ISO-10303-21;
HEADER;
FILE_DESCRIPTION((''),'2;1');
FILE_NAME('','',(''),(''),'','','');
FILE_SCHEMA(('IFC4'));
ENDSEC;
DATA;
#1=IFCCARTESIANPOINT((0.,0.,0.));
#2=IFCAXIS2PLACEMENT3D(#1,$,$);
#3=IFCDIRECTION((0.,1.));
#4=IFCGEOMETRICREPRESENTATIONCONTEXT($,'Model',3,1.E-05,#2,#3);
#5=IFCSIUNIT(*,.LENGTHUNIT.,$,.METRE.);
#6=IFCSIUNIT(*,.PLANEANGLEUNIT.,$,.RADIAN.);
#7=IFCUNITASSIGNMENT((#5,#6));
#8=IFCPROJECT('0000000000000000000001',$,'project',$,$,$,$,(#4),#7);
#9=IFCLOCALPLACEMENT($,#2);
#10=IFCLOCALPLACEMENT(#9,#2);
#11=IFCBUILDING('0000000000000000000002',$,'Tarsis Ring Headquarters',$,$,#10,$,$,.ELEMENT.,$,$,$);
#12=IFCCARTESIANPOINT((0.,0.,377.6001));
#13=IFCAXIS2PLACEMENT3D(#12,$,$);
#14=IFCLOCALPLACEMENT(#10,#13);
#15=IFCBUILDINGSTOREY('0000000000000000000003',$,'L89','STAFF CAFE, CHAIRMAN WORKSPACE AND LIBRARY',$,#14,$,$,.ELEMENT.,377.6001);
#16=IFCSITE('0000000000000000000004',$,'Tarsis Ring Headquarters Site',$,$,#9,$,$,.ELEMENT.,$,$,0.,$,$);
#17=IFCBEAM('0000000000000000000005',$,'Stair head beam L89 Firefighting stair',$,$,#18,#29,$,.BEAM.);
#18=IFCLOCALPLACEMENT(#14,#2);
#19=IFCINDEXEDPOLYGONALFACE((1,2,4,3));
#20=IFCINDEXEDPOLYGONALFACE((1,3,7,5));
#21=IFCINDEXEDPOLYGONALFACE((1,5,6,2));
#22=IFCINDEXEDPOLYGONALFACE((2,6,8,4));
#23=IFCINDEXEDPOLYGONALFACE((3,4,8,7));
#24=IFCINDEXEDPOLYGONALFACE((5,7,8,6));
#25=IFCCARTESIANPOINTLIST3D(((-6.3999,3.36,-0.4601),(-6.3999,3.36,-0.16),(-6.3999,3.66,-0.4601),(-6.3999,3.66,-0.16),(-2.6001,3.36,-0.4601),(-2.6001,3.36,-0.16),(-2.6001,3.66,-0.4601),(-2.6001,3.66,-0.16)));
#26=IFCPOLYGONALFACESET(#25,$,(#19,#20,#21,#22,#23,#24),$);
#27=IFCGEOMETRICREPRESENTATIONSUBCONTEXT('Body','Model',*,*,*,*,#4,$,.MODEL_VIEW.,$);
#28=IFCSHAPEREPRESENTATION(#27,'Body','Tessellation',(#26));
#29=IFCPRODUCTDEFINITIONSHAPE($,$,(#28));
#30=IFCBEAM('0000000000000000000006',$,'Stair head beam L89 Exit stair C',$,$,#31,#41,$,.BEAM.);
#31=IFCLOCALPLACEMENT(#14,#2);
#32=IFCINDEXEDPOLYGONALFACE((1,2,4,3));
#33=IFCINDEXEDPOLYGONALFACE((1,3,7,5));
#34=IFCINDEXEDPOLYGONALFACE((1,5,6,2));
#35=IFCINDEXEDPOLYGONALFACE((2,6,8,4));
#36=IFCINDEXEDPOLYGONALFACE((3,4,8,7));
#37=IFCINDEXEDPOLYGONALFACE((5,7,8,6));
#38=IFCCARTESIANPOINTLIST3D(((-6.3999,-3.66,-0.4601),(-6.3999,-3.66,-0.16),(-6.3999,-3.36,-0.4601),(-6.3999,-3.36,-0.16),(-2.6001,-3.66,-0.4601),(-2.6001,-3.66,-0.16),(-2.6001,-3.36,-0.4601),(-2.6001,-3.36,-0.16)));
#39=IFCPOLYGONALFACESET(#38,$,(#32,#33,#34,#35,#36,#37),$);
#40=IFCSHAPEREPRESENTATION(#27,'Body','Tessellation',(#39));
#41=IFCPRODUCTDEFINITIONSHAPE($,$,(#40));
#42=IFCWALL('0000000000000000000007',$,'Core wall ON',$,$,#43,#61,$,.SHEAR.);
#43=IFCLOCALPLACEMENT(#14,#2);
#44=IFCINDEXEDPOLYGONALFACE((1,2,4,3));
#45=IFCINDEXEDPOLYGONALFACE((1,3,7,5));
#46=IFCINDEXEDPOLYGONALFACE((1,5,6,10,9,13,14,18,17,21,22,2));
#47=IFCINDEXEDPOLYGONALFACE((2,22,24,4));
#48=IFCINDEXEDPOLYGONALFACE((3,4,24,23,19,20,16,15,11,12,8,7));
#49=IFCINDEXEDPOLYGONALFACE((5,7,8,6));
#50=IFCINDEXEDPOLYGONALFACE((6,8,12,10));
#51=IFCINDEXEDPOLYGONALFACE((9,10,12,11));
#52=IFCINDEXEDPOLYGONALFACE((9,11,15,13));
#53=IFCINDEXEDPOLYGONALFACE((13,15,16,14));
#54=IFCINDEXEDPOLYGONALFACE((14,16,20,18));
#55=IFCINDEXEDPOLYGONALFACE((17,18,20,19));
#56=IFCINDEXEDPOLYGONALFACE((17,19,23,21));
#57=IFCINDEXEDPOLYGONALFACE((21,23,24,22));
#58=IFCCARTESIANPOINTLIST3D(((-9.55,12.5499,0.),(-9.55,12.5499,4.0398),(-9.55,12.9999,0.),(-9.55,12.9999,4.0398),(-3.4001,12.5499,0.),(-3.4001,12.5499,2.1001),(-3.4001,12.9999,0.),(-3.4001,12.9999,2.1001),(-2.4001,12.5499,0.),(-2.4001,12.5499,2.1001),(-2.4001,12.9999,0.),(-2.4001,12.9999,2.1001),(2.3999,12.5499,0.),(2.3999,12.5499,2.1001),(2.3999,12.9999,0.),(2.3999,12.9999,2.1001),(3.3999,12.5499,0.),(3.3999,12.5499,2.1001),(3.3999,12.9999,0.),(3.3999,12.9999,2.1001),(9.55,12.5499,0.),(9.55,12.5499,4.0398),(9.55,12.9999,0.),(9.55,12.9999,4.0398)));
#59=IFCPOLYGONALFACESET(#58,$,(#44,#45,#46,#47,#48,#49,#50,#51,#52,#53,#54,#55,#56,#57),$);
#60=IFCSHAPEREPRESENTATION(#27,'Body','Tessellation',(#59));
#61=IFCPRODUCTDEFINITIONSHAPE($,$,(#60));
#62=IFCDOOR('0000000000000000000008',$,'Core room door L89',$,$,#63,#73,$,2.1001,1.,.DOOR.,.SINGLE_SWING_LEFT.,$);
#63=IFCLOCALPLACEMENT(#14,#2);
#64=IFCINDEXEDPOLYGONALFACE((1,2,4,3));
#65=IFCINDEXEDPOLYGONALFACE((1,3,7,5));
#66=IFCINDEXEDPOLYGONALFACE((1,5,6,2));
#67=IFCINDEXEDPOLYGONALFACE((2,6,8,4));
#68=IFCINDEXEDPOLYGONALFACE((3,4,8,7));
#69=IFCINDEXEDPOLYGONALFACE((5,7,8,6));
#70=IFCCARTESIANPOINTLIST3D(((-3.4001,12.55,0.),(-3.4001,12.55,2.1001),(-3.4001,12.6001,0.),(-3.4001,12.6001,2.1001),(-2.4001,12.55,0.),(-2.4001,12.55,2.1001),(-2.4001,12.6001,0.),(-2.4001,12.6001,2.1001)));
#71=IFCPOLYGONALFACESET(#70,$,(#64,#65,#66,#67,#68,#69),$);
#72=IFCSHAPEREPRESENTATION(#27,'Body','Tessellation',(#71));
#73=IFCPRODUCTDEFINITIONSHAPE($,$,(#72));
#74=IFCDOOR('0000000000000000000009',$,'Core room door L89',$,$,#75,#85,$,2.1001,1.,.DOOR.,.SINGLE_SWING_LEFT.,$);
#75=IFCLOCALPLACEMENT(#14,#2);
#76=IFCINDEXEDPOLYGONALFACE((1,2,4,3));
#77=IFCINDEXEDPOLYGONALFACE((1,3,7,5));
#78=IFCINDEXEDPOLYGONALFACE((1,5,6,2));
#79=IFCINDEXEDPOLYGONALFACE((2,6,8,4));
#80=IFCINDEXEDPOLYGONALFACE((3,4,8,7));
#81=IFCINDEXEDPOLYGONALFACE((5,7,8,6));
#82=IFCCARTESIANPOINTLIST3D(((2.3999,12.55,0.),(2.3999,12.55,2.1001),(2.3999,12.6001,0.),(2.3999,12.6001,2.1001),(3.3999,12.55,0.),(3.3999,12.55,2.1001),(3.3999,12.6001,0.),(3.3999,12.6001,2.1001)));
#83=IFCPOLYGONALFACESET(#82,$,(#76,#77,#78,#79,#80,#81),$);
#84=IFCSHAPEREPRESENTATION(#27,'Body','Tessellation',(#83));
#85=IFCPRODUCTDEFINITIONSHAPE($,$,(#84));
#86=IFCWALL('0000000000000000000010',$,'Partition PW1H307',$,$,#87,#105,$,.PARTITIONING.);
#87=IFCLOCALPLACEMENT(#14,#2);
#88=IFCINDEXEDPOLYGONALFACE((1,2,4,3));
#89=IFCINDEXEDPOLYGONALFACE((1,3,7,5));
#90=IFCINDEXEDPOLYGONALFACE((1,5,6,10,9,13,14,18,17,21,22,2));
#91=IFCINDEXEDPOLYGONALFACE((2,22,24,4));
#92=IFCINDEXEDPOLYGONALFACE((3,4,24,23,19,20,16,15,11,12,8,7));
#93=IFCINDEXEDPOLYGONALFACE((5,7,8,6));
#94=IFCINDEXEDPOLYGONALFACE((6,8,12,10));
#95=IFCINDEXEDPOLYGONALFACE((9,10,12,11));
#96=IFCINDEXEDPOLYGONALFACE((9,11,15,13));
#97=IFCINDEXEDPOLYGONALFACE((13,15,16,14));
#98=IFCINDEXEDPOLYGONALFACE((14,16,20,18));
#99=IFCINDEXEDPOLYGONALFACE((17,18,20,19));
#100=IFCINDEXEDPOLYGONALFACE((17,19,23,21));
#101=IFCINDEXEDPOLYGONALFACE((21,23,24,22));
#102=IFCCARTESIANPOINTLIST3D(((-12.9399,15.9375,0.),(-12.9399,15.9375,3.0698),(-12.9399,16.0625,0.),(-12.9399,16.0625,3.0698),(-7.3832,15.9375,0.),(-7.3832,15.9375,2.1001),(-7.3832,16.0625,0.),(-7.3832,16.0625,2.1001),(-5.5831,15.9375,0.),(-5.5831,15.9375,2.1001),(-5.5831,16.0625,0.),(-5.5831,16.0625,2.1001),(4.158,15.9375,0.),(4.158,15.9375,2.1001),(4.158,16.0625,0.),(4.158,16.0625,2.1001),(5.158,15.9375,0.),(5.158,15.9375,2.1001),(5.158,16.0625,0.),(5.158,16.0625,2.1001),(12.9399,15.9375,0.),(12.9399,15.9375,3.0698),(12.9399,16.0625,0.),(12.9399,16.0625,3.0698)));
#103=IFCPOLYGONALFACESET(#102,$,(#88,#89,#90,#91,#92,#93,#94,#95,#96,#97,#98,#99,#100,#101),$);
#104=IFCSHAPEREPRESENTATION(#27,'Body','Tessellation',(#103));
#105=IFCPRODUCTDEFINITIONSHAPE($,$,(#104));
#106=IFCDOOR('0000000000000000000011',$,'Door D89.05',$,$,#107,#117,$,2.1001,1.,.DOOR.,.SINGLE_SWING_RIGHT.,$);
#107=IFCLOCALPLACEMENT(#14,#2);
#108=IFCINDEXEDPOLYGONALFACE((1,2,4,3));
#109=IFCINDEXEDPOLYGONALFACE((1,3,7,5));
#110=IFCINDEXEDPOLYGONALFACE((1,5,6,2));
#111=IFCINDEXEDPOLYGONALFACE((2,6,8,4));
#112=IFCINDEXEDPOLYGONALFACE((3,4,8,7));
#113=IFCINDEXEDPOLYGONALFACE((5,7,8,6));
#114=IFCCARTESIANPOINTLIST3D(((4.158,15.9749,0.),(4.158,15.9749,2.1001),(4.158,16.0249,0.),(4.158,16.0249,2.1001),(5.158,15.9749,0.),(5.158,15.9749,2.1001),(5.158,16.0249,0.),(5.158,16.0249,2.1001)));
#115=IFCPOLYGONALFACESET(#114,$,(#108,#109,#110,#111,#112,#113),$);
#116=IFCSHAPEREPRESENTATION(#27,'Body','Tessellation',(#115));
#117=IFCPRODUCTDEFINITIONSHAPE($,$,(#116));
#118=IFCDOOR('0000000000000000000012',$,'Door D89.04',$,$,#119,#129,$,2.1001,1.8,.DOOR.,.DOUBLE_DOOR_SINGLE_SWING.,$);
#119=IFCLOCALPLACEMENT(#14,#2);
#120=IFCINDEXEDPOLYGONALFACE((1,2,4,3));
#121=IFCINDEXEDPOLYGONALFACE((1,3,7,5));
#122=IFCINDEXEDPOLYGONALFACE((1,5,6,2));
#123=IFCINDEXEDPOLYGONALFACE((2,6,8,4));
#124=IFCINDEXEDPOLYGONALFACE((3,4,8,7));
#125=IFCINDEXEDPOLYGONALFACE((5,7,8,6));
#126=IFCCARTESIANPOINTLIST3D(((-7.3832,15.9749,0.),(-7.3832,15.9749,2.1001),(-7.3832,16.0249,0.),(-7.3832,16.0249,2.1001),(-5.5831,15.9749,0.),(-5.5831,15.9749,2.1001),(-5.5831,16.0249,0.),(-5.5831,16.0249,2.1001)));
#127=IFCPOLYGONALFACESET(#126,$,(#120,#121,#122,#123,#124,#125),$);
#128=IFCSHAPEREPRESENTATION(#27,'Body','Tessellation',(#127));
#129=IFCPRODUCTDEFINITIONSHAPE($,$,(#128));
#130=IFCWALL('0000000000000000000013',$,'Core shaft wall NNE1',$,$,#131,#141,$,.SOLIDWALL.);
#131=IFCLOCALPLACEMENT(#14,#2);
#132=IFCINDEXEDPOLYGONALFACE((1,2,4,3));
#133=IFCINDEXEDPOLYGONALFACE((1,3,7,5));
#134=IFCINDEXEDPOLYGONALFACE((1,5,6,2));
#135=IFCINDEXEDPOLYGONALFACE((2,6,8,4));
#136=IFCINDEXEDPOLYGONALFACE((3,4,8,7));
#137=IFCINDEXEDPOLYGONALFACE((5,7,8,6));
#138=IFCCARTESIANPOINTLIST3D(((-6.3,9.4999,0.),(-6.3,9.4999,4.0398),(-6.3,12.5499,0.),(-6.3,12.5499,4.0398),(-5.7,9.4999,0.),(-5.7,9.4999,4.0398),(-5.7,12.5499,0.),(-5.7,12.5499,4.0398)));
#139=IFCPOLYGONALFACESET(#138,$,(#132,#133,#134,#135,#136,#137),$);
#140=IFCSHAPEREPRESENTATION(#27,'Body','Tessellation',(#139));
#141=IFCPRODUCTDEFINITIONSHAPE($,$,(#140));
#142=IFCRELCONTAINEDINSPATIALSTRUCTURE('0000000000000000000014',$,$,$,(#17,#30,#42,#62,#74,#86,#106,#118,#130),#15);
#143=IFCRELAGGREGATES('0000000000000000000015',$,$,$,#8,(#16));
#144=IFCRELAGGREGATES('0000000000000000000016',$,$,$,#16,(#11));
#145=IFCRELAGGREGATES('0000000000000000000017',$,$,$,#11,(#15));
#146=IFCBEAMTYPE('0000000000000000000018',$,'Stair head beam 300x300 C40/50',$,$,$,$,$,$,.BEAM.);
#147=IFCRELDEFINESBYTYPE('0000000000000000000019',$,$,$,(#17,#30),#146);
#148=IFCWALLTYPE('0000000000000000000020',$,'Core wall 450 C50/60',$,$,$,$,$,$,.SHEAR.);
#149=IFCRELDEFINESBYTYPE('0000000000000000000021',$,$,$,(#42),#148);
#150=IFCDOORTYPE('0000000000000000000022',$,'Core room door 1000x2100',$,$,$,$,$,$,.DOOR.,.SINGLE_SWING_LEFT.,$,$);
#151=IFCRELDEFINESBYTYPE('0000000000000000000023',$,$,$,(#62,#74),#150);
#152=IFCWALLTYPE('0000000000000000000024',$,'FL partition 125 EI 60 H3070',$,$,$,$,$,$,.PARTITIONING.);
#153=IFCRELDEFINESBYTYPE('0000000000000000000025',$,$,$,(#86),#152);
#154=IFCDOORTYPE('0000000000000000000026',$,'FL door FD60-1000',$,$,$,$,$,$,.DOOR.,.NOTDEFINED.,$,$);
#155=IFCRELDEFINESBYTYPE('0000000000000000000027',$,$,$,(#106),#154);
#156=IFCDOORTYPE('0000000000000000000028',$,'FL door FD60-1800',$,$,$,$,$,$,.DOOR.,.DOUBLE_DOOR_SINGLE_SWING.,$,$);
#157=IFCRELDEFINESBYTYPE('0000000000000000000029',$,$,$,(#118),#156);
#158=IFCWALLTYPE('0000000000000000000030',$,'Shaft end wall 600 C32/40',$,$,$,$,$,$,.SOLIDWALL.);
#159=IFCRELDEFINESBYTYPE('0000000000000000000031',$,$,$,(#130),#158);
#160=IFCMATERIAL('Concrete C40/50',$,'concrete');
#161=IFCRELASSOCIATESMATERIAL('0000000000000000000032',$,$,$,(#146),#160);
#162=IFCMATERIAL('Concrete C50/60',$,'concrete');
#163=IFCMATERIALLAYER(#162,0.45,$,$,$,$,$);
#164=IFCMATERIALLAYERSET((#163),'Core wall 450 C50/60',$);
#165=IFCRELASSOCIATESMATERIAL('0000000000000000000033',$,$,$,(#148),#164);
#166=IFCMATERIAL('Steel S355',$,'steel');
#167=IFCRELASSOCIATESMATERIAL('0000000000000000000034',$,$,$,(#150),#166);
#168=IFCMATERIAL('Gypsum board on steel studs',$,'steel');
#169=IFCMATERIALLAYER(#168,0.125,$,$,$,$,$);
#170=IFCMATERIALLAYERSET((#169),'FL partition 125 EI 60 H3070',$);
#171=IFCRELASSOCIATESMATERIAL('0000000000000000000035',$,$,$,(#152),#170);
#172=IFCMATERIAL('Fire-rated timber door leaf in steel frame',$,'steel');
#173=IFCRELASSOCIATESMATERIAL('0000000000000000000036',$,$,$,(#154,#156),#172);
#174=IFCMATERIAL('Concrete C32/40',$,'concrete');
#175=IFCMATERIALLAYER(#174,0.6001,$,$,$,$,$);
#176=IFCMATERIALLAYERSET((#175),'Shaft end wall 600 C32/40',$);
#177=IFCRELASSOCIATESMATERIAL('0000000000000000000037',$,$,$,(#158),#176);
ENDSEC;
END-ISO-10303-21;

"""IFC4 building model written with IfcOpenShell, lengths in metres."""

from ifc_helpers import new_model, si_unit, direction, frame, frame_2d, origin, origin_2d, place, context, subcontext, project, spatial, rectangle, extrude, material, layer, layer_set, material_profile, profile_set, type_object, element, fill, save


model = new_model("IFC4")

# Units and contexts
model_context = context("Model", 3, precision=1e-05, world=origin(), true_north=direction((0.0, 1.0)))
body_context = subcontext(model_context, "Body", "Model", "MODEL_VIEW")
ifc_project = project(units=[si_unit("LENGTHUNIT", "METRE"), si_unit("PLANEANGLEUNIT", "RADIAN")], contexts=[model_context])

# Site, building, storey
site_placement = place(None, origin())
site = spatial("IfcSite", under=ifc_project, at=site_placement, Name="Tarsis Ring Headquarters Site", CompositionType="ELEMENT", RefElevation=0.0)
building_placement = place(site_placement, origin())
building = spatial("IfcBuilding", under=site, at=building_placement, Name="Tarsis Ring Headquarters", CompositionType="ELEMENT")
storey_placement = place(building_placement, frame((0.0, 0.0, 377.6001)))
storey = spatial("IfcBuildingStorey", under=building, at=storey_placement, Name="L89", Description="STAFF CAFE, CHAIRMAN WORKSPACE AND LIBRARY", CompositionType="ELEMENT", Elevation=377.6001)

# Beams
ifc_material_1 = material(Name="Concrete C40/50", Category="concrete")
ifc_material_profile = material_profile(ifc_material_1, rectangle(XDim=0.3, YDim=0.3, at=origin_2d()), Name="Stair head beam 300x300 C40/50")
ifc_profile_set = profile_set([ifc_material_profile], Name="Concrete C40/50")
beam_type = type_object("IfcBeamType", Name="Stair head beam 300x300 C40/50", PredefinedType="BEAM", material=ifc_profile_set)
for number, where, z_axis, x_axis, name in (
    (1, (-6.3999, 3.51, -0.3101), (1.0, 0.0, 0.0), (0.0, 1.0, 0.0), "Stair head beam L89 Firefighting stair"),
    (2, (-6.3999, -3.51, -0.3101), (1.0, 0.0, 0.0), (0.0, 1.0, 0.0), "Stair head beam L89 Exit stair C"),
):
    element("IfcBeam", number, at=place(storey_placement, frame(where, z_axis=z_axis, x_axis=x_axis)), inside=storey, type_object=beam_type, Name=name, PredefinedType="BEAM", context=body_context, shape_type="SweptSolid", body=[
        extrude(rectangle(XDim=0.3, YDim=0.3, at=origin_2d()), origin(), (0.0, 0.0, 1.0), 3.7998),
    ])

# Walls, openings, doors
ifc_material_2 = material(Name="Concrete C50/60", Category="concrete")
ifc_layer_1 = layer(ifc_material_2, 0.45)
ifc_layer_set_1 = layer_set([ifc_layer_1], Name="Core wall 450 C50/60")
wall_type_1 = type_object("IfcWallType", Name="Core wall 450 C50/60", PredefinedType="SHEAR", material=ifc_layer_set_1)
wall_1_placement = place(storey_placement, frame((-9.55, 12.7749, 0.0), z_axis=(0.0, 0.0, 1.0), x_axis=(1.0, 0.0, 0.0)))
wall_1 = element("IfcWall", 3, at=wall_1_placement, inside=storey, type_object=wall_type_1, Name="Core wall ON", PredefinedType="SHEAR", context=body_context, shape_type="SweptSolid", body=[
    extrude(rectangle(XDim=19.1001, YDim=0.45, at=frame_2d((9.55, 0.0))), origin(), (0.0, 0.0, 1.0), 4.0398),
])
opening_1_placement = place(wall_1_placement, frame((6.1499, 0.0, 0.0)))
opening_1 = element("IfcOpeningElement", 4, at=opening_1_placement, cuts=wall_1, PredefinedType="OPENING", context=body_context, shape_type="SweptSolid", body=[
    extrude(rectangle(XDim=1.0, YDim=2.1001, at=frame_2d((0.5, 1.05))), frame((0.0, 0.2349, 0.0), z_axis=(0.0, -1.0, 0.0), x_axis=(1.0, 0.0, 0.0)), (0.0, 0.0, 1.0), 0.47),
])
opening_2_placement = place(wall_1_placement, frame((11.95, 0.0, 0.0)))
opening_2 = element("IfcOpeningElement", 5, at=opening_2_placement, cuts=wall_1, PredefinedType="OPENING", context=body_context, shape_type="SweptSolid", body=[
    extrude(rectangle(XDim=1.0, YDim=2.1001, at=frame_2d((0.5, 1.05))), frame((0.0, 0.2349, 0.0), z_axis=(0.0, -1.0, 0.0), x_axis=(1.0, 0.0, 0.0)), (0.0, 0.0, 1.0), 0.47),
])
ifc_material_3 = material(Name="Steel S355", Category="steel")
door_type_1 = type_object("IfcDoorType", Name="Core room door 1000x2100", OperationType="SINGLE_SWING_LEFT", PredefinedType="DOOR", material=ifc_material_3)
door_1_placement = place(opening_1_placement, origin())
door_1 = element("IfcDoor", 6, at=door_1_placement, inside=storey, type_object=door_type_1, Name="Core room door L89", OperationType="SINGLE_SWING_LEFT", OverallHeight=2.1001, OverallWidth=1.0, PredefinedType="DOOR", context=body_context, shape_type="SweptSolid", body=[
    extrude(rectangle(XDim=1.0, YDim=2.1001, at=frame_2d((0.5, 1.05))), frame((0.0, -0.1748, 0.0), z_axis=(0.0, -1.0, 0.0), x_axis=(1.0, 0.0, 0.0)), (0.0, 0.0, 1.0), 0.05),
])
fill(opening_1, door_1)
door_2_placement = place(opening_2_placement, origin())
door_2 = element("IfcDoor", 7, at=door_2_placement, inside=storey, type_object=door_type_1, Name="Core room door L89", OperationType="SINGLE_SWING_LEFT", OverallHeight=2.1001, OverallWidth=1.0, PredefinedType="DOOR", context=body_context, shape_type="SweptSolid", body=[
    extrude(rectangle(XDim=1.0, YDim=2.1001, at=frame_2d((0.5, 1.05))), frame((0.0, -0.1748, 0.0), z_axis=(0.0, -1.0, 0.0), x_axis=(1.0, 0.0, 0.0)), (0.0, 0.0, 1.0), 0.05),
])
fill(opening_2, door_2)
ifc_material_4 = material(Name="Gypsum board on steel studs", Category="steel")
ifc_layer_2 = layer(ifc_material_4, 0.125)
ifc_layer_set_2 = layer_set([ifc_layer_2], Name="FL partition 125 EI 60 H3070")
wall_type_2 = type_object("IfcWallType", Name="FL partition 125 EI 60 H3070", PredefinedType="PARTITIONING", material=ifc_layer_set_2)
wall_2_placement = place(storey_placement, frame((-12.9399, 16.0, 0.0), z_axis=(0.0, 0.0, 1.0), x_axis=(1.0, 0.0, 0.0)))
wall_2 = element("IfcWall", 8, at=wall_2_placement, inside=storey, type_object=wall_type_2, Name="Partition PW1H307", PredefinedType="PARTITIONING", context=body_context, shape_type="SweptSolid", body=[
    extrude(rectangle(XDim=25.8799, YDim=0.125, at=frame_2d((12.9399, 0.0))), origin(), (0.0, 0.0, 1.0), 3.0698),
])
opening_3_placement = place(wall_2_placement, frame((5.5569, 0.0, 0.0)))
opening_3 = element("IfcOpeningElement", 9, at=opening_3_placement, cuts=wall_2, PredefinedType="OPENING", context=body_context, shape_type="SweptSolid", body=[
    extrude(rectangle(XDim=1.8, YDim=2.1001, at=frame_2d((0.8999, 1.05))), frame((0.0, 0.0725, 0.0), z_axis=(0.0, -1.0, 0.0), x_axis=(1.0, 0.0, 0.0)), (0.0, 0.0, 1.0), 0.145),
])
opening_4_placement = place(wall_2_placement, frame((17.0979, 0.0, 0.0)))
opening_4 = element("IfcOpeningElement", 10, at=opening_4_placement, cuts=wall_2, PredefinedType="OPENING", context=body_context, shape_type="SweptSolid", body=[
    extrude(rectangle(XDim=1.0, YDim=2.1001, at=frame_2d((0.5, 1.05))), frame((0.0, 0.0725, 0.0), z_axis=(0.0, -1.0, 0.0), x_axis=(1.0, 0.0, 0.0)), (0.0, 0.0, 1.0), 0.145),
])
ifc_material_5 = material(Name="Fire-rated timber door leaf in steel frame", Category="steel")
door_type_2 = type_object("IfcDoorType", Name="FL door FD60-1000", OperationType="NOTDEFINED", PredefinedType="DOOR", material=ifc_material_5)
door_3_placement = place(opening_4_placement, origin())
door_3 = element("IfcDoor", 11, at=door_3_placement, inside=storey, type_object=door_type_2, Name="Door D89.05", OperationType="SINGLE_SWING_RIGHT", OverallHeight=2.1001, OverallWidth=1.0, PredefinedType="DOOR", context=body_context, shape_type="SweptSolid", body=[
    extrude(rectangle(XDim=1.0, YDim=2.1001, at=frame_2d((0.5, 1.05))), frame((0.0, 0.0249, 0.0), z_axis=(0.0, -1.0, 0.0), x_axis=(1.0, 0.0, 0.0)), (0.0, 0.0, 1.0), 0.05),
])
fill(opening_4, door_3)
door_type_3 = type_object("IfcDoorType", Name="FL door FD60-1800", OperationType="DOUBLE_DOOR_SINGLE_SWING", PredefinedType="DOOR", material=ifc_material_5)
door_4_placement = place(opening_3_placement, origin())
door_4 = element("IfcDoor", 12, at=door_4_placement, inside=storey, type_object=door_type_3, Name="Door D89.04", OperationType="DOUBLE_DOOR_SINGLE_SWING", OverallHeight=2.1001, OverallWidth=1.8, PredefinedType="DOOR", context=body_context, shape_type="SweptSolid", body=[
    extrude(rectangle(XDim=1.8, YDim=2.1001, at=frame_2d((0.8999, 1.05))), frame((0.0, 0.0249, 0.0), z_axis=(0.0, -1.0, 0.0), x_axis=(1.0, 0.0, 0.0)), (0.0, 0.0, 1.0), 0.05),
])
fill(opening_3, door_4)

# Wall
ifc_material_6 = material(Name="Concrete C32/40", Category="concrete")
ifc_layer_3 = layer(ifc_material_6, 0.6001)
ifc_layer_set_3 = layer_set([ifc_layer_3], Name="Shaft end wall 600 C32/40")
wall_type_3 = type_object("IfcWallType", Name="Shaft end wall 600 C32/40", PredefinedType="SOLIDWALL", material=ifc_layer_set_3)
wall_3_placement = place(storey_placement, frame((-6.0, 9.5, 0.0), z_axis=(0.0, 0.0, 1.0), x_axis=(0.0, 1.0, 0.0)))
element("IfcWall", 13, at=wall_3_placement, inside=storey, type_object=wall_type_3, Name="Core shaft wall NNE1", PredefinedType="SOLIDWALL", context=body_context, shape_type="SweptSolid", body=[
    extrude(rectangle(XDim=3.05, YDim=0.6001, at=frame_2d((1.5249, 0.0))), origin(), (0.0, 0.0, 1.0), 4.0398),
])

save(model, "model.ifc")
